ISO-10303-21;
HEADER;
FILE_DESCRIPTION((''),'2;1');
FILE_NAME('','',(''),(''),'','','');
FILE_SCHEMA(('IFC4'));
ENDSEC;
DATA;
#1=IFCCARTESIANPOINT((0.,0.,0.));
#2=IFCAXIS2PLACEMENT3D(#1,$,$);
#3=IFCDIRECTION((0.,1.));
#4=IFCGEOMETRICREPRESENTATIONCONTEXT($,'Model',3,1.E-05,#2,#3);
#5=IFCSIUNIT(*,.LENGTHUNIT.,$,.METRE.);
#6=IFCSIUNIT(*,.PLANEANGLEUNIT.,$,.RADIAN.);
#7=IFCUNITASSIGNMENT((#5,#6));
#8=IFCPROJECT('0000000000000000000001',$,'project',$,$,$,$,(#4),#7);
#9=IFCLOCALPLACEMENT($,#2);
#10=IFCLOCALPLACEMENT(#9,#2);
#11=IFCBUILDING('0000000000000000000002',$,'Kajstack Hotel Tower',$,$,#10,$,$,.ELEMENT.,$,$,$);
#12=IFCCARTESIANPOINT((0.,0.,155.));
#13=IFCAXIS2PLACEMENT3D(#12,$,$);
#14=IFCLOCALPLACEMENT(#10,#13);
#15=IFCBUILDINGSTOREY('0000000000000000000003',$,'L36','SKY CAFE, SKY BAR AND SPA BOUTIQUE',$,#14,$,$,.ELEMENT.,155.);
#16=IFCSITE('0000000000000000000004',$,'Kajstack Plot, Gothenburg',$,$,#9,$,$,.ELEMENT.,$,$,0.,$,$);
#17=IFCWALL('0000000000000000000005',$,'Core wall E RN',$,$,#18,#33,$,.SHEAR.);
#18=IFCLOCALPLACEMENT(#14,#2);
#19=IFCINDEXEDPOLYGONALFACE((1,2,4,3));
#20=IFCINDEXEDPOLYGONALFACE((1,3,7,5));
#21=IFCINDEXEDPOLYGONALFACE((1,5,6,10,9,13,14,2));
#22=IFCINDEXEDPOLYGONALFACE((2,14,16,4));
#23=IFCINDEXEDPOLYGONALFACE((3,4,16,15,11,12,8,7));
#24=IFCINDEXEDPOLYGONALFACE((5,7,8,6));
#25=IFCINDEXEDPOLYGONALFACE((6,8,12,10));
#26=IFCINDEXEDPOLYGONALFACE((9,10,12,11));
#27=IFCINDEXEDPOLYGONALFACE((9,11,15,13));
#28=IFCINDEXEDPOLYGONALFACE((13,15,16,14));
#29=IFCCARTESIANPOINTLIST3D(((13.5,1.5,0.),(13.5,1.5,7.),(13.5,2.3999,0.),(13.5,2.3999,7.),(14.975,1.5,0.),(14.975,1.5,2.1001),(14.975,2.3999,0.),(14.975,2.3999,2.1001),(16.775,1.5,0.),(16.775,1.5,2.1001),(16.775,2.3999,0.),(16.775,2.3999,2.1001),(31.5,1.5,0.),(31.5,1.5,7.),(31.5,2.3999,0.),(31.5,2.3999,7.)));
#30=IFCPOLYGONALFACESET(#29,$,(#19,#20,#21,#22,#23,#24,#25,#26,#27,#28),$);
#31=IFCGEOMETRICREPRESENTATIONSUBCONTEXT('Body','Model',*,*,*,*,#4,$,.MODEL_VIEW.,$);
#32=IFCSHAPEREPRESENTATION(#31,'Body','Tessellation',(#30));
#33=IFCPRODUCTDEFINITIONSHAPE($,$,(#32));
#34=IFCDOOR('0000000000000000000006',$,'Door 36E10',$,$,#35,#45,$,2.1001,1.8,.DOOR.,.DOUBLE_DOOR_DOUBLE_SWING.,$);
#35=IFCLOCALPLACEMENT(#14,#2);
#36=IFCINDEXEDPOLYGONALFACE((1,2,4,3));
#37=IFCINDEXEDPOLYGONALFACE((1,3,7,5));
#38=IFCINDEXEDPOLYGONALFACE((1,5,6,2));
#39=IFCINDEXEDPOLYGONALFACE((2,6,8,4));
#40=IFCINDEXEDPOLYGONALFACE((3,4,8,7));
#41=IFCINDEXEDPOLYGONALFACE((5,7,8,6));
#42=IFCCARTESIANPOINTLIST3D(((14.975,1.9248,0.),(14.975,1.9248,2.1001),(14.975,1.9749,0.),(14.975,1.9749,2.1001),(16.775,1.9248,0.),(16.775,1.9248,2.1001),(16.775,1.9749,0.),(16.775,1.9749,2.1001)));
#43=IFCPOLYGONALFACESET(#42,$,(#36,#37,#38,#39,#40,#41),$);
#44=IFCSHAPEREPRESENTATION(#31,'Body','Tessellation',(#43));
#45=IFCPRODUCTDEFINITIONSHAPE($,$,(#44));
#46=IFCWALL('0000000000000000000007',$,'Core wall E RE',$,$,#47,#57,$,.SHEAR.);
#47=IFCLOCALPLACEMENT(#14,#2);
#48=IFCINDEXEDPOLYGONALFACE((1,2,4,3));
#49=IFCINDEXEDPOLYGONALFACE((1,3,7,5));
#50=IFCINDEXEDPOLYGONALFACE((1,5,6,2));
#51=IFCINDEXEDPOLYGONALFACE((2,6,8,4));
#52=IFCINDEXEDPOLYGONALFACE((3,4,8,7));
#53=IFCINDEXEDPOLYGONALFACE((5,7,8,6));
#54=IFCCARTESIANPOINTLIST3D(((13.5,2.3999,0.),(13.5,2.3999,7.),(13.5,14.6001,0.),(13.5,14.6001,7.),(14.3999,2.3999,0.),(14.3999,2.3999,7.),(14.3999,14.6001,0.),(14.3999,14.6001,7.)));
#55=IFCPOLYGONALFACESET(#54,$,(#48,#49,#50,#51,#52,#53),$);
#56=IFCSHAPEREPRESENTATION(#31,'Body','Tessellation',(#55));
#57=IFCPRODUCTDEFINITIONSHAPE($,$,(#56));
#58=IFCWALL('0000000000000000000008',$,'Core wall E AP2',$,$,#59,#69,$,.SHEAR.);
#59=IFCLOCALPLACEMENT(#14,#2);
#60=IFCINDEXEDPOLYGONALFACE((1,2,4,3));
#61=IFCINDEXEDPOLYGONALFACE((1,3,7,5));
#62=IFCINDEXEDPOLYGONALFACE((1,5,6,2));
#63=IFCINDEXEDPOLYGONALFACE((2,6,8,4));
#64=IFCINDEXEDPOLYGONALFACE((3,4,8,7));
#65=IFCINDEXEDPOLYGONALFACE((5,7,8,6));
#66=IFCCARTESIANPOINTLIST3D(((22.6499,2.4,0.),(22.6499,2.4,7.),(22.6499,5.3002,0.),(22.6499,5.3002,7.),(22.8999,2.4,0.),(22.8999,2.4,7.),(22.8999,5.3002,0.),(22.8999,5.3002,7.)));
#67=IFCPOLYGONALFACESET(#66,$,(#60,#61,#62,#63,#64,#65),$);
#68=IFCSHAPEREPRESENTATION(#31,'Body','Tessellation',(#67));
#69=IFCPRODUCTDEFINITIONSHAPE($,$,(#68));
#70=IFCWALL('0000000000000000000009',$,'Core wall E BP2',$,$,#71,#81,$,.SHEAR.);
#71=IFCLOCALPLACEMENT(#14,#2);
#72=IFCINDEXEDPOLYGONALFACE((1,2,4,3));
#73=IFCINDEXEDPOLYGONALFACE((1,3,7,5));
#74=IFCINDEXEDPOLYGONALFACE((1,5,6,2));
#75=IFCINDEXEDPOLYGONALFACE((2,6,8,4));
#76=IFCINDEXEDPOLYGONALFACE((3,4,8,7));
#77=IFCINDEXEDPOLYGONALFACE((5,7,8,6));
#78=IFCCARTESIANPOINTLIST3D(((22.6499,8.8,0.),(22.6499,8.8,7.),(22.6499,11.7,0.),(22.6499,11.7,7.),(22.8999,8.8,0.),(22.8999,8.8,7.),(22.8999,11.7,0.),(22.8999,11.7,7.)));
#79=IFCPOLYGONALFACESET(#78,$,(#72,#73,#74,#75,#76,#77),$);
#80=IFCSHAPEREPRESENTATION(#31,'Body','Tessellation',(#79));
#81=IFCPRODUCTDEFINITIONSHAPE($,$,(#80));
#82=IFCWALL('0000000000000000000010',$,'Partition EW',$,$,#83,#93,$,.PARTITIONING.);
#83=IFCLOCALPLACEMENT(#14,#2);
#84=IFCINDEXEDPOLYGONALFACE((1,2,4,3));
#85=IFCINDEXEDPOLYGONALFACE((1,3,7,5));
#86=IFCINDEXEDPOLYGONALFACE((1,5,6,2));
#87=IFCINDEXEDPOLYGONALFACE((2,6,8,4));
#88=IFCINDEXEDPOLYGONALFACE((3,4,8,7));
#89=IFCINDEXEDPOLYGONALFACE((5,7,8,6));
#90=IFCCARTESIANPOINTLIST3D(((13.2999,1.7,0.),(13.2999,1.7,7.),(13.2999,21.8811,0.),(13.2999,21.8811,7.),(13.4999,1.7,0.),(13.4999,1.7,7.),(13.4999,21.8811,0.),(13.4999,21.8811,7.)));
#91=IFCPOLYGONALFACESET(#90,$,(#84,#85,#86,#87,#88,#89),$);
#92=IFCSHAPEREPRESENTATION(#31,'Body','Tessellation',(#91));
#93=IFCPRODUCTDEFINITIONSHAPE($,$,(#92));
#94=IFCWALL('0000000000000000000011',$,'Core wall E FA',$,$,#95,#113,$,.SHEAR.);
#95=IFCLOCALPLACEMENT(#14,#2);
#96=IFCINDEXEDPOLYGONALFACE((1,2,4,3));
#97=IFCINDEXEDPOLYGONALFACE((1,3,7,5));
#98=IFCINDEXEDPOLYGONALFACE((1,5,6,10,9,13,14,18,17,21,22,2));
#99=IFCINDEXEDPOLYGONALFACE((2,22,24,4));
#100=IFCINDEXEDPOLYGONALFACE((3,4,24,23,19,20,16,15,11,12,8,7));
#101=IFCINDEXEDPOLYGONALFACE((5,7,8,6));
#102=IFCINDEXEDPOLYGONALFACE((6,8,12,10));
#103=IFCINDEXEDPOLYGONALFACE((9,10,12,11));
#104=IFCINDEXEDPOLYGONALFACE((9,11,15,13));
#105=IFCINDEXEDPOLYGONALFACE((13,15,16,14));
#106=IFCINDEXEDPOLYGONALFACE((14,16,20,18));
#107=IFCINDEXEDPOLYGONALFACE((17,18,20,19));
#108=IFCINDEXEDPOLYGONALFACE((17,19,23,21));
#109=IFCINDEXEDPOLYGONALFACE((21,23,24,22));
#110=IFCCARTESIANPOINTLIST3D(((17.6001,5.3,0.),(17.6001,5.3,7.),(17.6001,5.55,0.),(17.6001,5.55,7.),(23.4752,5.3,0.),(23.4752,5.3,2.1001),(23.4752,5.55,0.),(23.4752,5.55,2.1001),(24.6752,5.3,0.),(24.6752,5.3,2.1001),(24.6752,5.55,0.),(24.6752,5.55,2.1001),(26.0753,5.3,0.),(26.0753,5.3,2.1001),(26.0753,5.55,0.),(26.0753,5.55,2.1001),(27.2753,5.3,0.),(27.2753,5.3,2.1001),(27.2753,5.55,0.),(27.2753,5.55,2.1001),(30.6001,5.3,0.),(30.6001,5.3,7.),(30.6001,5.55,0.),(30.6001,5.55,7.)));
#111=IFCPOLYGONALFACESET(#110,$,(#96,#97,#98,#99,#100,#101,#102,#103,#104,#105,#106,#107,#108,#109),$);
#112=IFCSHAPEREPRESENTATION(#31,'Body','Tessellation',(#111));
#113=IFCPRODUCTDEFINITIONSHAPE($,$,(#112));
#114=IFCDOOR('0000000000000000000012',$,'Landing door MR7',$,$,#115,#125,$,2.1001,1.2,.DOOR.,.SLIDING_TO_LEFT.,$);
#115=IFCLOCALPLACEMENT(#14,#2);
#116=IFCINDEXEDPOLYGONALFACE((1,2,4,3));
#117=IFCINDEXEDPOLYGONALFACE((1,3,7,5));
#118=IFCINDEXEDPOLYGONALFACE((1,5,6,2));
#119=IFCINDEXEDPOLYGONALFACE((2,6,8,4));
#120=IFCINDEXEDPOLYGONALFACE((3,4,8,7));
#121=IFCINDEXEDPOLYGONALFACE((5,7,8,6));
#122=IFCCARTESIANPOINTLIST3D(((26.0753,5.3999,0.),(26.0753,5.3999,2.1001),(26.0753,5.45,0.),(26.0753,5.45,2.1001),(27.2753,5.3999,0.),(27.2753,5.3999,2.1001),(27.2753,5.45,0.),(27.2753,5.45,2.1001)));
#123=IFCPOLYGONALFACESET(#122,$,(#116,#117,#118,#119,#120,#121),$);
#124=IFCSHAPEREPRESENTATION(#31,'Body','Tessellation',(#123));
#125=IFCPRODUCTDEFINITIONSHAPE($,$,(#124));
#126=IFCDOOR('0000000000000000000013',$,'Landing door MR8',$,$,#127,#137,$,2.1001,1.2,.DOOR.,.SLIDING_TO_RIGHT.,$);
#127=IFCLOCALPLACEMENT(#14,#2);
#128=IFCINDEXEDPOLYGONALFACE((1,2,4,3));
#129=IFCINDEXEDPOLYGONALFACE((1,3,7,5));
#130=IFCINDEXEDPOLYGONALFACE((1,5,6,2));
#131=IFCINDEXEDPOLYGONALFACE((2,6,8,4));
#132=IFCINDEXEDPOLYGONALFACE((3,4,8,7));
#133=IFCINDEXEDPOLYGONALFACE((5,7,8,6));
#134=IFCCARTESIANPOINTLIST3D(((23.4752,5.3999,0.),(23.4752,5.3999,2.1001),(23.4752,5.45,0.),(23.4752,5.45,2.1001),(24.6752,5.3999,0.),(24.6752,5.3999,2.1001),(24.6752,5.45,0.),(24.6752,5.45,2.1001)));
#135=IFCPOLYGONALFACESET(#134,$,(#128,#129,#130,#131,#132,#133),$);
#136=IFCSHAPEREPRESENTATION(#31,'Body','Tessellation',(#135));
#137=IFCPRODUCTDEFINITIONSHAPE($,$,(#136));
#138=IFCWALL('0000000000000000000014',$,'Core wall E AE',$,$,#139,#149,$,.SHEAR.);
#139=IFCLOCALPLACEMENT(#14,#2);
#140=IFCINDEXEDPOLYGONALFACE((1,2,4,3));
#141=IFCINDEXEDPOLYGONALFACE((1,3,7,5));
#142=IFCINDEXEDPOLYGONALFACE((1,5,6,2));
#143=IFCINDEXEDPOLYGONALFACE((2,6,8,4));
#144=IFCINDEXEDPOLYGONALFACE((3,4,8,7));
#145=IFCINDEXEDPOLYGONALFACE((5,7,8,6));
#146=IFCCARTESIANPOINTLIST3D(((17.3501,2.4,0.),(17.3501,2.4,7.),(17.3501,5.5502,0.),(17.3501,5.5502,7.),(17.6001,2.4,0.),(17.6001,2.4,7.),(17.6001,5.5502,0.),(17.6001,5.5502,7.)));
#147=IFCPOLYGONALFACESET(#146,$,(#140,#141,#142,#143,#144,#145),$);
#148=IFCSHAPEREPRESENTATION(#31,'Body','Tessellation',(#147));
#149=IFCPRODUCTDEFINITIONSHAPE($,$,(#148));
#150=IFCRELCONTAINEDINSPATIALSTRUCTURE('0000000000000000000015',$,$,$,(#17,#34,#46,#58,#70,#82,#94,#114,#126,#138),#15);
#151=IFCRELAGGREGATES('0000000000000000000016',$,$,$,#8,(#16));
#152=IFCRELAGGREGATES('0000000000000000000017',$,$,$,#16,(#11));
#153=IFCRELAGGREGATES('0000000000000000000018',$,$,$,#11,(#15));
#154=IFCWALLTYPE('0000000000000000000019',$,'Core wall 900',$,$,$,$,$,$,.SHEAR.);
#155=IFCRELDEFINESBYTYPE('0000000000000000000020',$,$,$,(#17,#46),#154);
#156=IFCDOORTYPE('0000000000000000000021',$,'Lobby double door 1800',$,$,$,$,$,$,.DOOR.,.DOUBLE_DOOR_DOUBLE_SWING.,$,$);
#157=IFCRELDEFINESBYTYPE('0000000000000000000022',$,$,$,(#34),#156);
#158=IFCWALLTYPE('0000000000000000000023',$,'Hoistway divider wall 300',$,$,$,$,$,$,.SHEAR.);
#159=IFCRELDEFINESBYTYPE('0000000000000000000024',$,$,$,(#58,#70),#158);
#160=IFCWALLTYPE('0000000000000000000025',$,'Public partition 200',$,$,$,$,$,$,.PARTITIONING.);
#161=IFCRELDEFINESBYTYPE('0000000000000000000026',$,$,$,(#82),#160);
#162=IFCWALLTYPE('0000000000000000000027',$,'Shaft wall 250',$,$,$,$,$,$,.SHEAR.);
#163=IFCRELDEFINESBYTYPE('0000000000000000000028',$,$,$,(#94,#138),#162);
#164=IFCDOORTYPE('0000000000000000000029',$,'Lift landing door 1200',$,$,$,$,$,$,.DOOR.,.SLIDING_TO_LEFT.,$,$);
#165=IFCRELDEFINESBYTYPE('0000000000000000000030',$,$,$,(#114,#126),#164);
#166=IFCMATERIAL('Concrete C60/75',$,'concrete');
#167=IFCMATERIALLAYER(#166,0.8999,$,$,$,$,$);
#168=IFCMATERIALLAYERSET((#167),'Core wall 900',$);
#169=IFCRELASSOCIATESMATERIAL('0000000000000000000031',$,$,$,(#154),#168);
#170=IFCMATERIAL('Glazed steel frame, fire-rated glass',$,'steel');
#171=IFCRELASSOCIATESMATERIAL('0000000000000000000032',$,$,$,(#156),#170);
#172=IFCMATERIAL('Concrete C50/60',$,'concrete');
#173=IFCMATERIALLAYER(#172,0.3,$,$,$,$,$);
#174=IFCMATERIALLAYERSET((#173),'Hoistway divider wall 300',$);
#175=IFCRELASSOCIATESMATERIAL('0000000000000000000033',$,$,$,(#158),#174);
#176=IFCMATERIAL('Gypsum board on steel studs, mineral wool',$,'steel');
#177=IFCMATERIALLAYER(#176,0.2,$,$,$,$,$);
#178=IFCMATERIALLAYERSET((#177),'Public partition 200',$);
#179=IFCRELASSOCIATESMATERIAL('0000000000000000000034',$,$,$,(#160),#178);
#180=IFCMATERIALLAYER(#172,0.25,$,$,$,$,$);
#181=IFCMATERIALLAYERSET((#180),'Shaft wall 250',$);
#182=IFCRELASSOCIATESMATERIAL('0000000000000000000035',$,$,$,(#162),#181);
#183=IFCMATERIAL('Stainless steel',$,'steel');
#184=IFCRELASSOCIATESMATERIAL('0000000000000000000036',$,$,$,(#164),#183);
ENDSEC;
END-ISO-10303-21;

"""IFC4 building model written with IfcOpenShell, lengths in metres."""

from ifc_helpers import new_model, si_unit, direction, frame, frame_2d, origin, place, context, subcontext, project, spatial, rectangle, extrude, material, layer, layer_set, type_object, element, fill, save


model = new_model("IFC4")

# Units and contexts
model_context = context("Model", 3, precision=1e-05, world=origin(), true_north=direction((0.0, 1.0)))
body_context = subcontext(model_context, "Body", "Model", "MODEL_VIEW")
ifc_project = project(units=[si_unit("LENGTHUNIT", "METRE"), si_unit("PLANEANGLEUNIT", "RADIAN")], contexts=[model_context])

# Site, building, storey
site_placement = place(None, origin())
site = spatial("IfcSite", under=ifc_project, at=site_placement, Name="Kajstack Plot, Gothenburg", CompositionType="ELEMENT", RefElevation=0.0)
building_placement = place(site_placement, origin())
building = spatial("IfcBuilding", under=site, at=building_placement, Name="Kajstack Hotel Tower", CompositionType="ELEMENT")
storey_placement = place(building_placement, frame((0.0, 0.0, 155.0)))
storey = spatial("IfcBuildingStorey", under=building, at=storey_placement, Name="L36", Description="SKY CAFE, SKY BAR AND SPA BOUTIQUE", CompositionType="ELEMENT", Elevation=155.0)

# Wall, opening, door
ifc_material_1 = material(Name="Concrete C60/75", Category="concrete")
ifc_layer_1 = layer(ifc_material_1, 0.8999)
ifc_layer_set_1 = layer_set([ifc_layer_1], Name="Core wall 900")
wall_type_1 = type_object("IfcWallType", Name="Core wall 900", PredefinedType="SHEAR", material=ifc_layer_set_1)
wall_1_placement = place(storey_placement, frame((13.5, 1.95, 0.0), z_axis=(0.0, 0.0, 1.0), x_axis=(1.0, 0.0, 0.0)))
wall_1 = element("IfcWall", 1, at=wall_1_placement, inside=storey, type_object=wall_type_1, Name="Core wall E RN", PredefinedType="SHEAR", context=body_context, shape_type="SweptSolid", body=[
    extrude(rectangle(XDim=18.0, YDim=0.8999, at=frame_2d((9.0, 0.0))), origin(), (0.0, 0.0, 1.0), 7.0),
])
opening_1_placement = place(wall_1_placement, frame((1.4751, 0.0, 0.0)))
opening_1 = element("IfcOpeningElement", 2, at=opening_1_placement, cuts=wall_1, PredefinedType="OPENING", context=body_context, shape_type="SweptSolid", body=[
    extrude(rectangle(XDim=1.8, YDim=2.1001, at=frame_2d((0.8999, 1.05))), frame((0.0, 0.46, 0.0), z_axis=(0.0, -1.0, 0.0), x_axis=(1.0, 0.0, 0.0)), (0.0, 0.0, 1.0), 0.9199),
])
ifc_material_2 = material(Name="Glazed steel frame, fire-rated glass", Category="steel")
door_type_1 = type_object("IfcDoorType", Name="Lobby double door 1800", OperationType="DOUBLE_DOOR_DOUBLE_SWING", PredefinedType="DOOR", material=ifc_material_2)
door_1_placement = place(opening_1_placement, origin())
door_1 = element("IfcDoor", 3, at=door_1_placement, inside=storey, type_object=door_type_1, Name="Door 36E10", OperationType="DOUBLE_DOOR_DOUBLE_SWING", OverallHeight=2.1001, OverallWidth=1.8, PredefinedType="DOOR", context=body_context, shape_type="SweptSolid", body=[
    extrude(rectangle(XDim=1.8, YDim=2.1001, at=frame_2d((0.8999, 1.05))), frame((0.0, 0.0249, 0.0), z_axis=(0.0, -1.0, 0.0), x_axis=(1.0, 0.0, 0.0)), (0.0, 0.0, 1.0), 0.05),
])
fill(opening_1, door_1)

# Walls
wall_2_placement = place(storey_placement, frame((13.95, 2.3999, 0.0), z_axis=(0.0, 0.0, 1.0), x_axis=(0.0, 1.0, 0.0)))
element("IfcWall", 4, at=wall_2_placement, inside=storey, type_object=wall_type_1, Name="Core wall E RE", PredefinedType="SHEAR", context=body_context, shape_type="SweptSolid", body=[
    extrude(rectangle(XDim=12.2002, YDim=0.8999, at=frame_2d((6.1001, 0.0))), origin(), (0.0, 0.0, 1.0), 7.0),
])
ifc_material_3 = material(Name="Concrete C50/60", Category="concrete")
ifc_layer_2 = layer(ifc_material_3, 0.3)
ifc_layer_set_2 = layer_set([ifc_layer_2], Name="Hoistway divider wall 300")
wall_type_2 = type_object("IfcWallType", Name="Hoistway divider wall 300", PredefinedType="SHEAR", material=ifc_layer_set_2)
wall_3_placement = place(storey_placement, frame((22.7749, 2.3999, 0.0), z_axis=(0.0, 0.0, 1.0), x_axis=(0.0, 1.0, 0.0)))
element("IfcWall", 5, at=wall_3_placement, inside=storey, type_object=wall_type_2, Name="Core wall E AP2", PredefinedType="SHEAR", context=body_context, shape_type="SweptSolid", body=[
    extrude(rectangle(XDim=2.9001, YDim=0.25, at=frame_2d((1.4502, 0.0))), origin(), (0.0, 0.0, 1.0), 7.0),
])
wall_4_placement = place(storey_placement, frame((22.7749, 8.8, 0.0), z_axis=(0.0, 0.0, 1.0), x_axis=(0.0, 1.0, 0.0)))
element("IfcWall", 6, at=wall_4_placement, inside=storey, type_object=wall_type_2, Name="Core wall E BP2", PredefinedType="SHEAR", context=body_context, shape_type="SweptSolid", body=[
    extrude(rectangle(XDim=2.8999, YDim=0.25, at=frame_2d((1.45, 0.0))), origin(), (0.0, 0.0, 1.0), 7.0),
])
ifc_material_4 = material(Name="Gypsum board on steel studs, mineral wool", Category="steel")
ifc_layer_3 = layer(ifc_material_4, 0.2)
ifc_layer_set_3 = layer_set([ifc_layer_3], Name="Public partition 200")
wall_type_3 = type_object("IfcWallType", Name="Public partition 200", PredefinedType="PARTITIONING", material=ifc_layer_set_3)
wall_5_placement = place(storey_placement, frame((13.3999, 1.7, 0.0), z_axis=(0.0, 0.0, 1.0), x_axis=(0.0, 1.0, 0.0)))
element("IfcWall", 7, at=wall_5_placement, inside=storey, type_object=wall_type_3, Name="Partition EW", PredefinedType="PARTITIONING", context=body_context, shape_type="SweptSolid", body=[
    extrude(rectangle(XDim=20.1812, YDim=0.2, at=frame_2d((10.0906, 0.0))), origin(), (0.0, 0.0, 1.0), 7.0),
])

# Wall, openings, doors
ifc_layer_4 = layer(ifc_material_3, 0.25)
ifc_layer_set_4 = layer_set([ifc_layer_4], Name="Shaft wall 250")
wall_type_4 = type_object("IfcWallType", Name="Shaft wall 250", PredefinedType="SHEAR", material=ifc_layer_set_4)
wall_6_placement = place(storey_placement, frame((17.6001, 5.425, 0.0), z_axis=(0.0, 0.0, 1.0), x_axis=(1.0, 0.0, 0.0)))
wall_6 = element("IfcWall", 8, at=wall_6_placement, inside=storey, type_object=wall_type_4, Name="Core wall E FA", PredefinedType="SHEAR", context=body_context, shape_type="SweptSolid", body=[
    extrude(rectangle(XDim=13.0, YDim=0.25, at=frame_2d((6.5, 0.0))), origin(), (0.0, 0.0, 1.0), 7.0),
])
opening_2_placement = place(wall_6_placement, frame((8.4751, 0.0, 0.0)))
opening_2 = element("IfcOpeningElement", 9, at=opening_2_placement, cuts=wall_6, PredefinedType="OPENING", context=body_context, shape_type="SweptSolid", body=[
    extrude(rectangle(XDim=1.2, YDim=2.1001, at=frame_2d((0.6001, 1.05))), frame((0.0, 0.135, 0.0), z_axis=(0.0, -1.0, 0.0), x_axis=(1.0, 0.0, 0.0)), (0.0, 0.0, 1.0), 0.27),
])
opening_3_placement = place(wall_6_placement, frame((5.875, 0.0, 0.0)))
opening_3 = element("IfcOpeningElement", 10, at=opening_3_placement, cuts=wall_6, PredefinedType="OPENING", context=body_context, shape_type="SweptSolid", body=[
    extrude(rectangle(XDim=1.2, YDim=2.1001, at=frame_2d((0.6001, 1.05))), frame((0.0, 0.135, 0.0), z_axis=(0.0, -1.0, 0.0), x_axis=(1.0, 0.0, 0.0)), (0.0, 0.0, 1.0), 0.27),
])
ifc_material_5 = material(Name="Stainless steel", Category="steel")
door_type_2 = type_object("IfcDoorType", Name="Lift landing door 1200", OperationType="SLIDING_TO_LEFT", PredefinedType="DOOR", material=ifc_material_5)
door_2_placement = place(opening_2_placement, origin())
door_2 = element("IfcDoor", 11, at=door_2_placement, inside=storey, type_object=door_type_2, Name="Landing door MR7", OperationType="SLIDING_TO_LEFT", OverallHeight=2.1001, OverallWidth=1.2, PredefinedType="DOOR", context=body_context, shape_type="SweptSolid", body=[
    extrude(rectangle(XDim=1.2, YDim=2.1001, at=frame_2d((0.6001, 1.05))), frame((0.0, 0.0249, 0.0), z_axis=(0.0, -1.0, 0.0), x_axis=(1.0, 0.0, 0.0)), (0.0, 0.0, 1.0), 0.05),
])
fill(opening_2, door_2)
door_3_placement = place(opening_3_placement, origin())
door_3 = element("IfcDoor", 12, at=door_3_placement, inside=storey, type_object=door_type_2, Name="Landing door MR8", OperationType="SLIDING_TO_RIGHT", OverallHeight=2.1001, OverallWidth=1.2, PredefinedType="DOOR", context=body_context, shape_type="SweptSolid", body=[
    extrude(rectangle(XDim=1.2, YDim=2.1001, at=frame_2d((0.6001, 1.05))), frame((0.0, 0.0249, 0.0), z_axis=(0.0, -1.0, 0.0), x_axis=(1.0, 0.0, 0.0)), (0.0, 0.0, 1.0), 0.05),
])
fill(opening_3, door_3)

# Wall
wall_7_placement = place(storey_placement, frame((17.4751, 2.3999, 0.0), z_axis=(0.0, 0.0, 1.0), x_axis=(0.0, 1.0, 0.0)))
element("IfcWall", 13, at=wall_7_placement, inside=storey, type_object=wall_type_4, Name="Core wall E AE", PredefinedType="SHEAR", context=body_context, shape_type="SweptSolid", body=[
    extrude(rectangle(XDim=3.1501, YDim=0.25, at=frame_2d((1.5752, 0.0))), origin(), (0.0, 0.0, 1.0), 7.0),
])

save(model, "model.ifc")
